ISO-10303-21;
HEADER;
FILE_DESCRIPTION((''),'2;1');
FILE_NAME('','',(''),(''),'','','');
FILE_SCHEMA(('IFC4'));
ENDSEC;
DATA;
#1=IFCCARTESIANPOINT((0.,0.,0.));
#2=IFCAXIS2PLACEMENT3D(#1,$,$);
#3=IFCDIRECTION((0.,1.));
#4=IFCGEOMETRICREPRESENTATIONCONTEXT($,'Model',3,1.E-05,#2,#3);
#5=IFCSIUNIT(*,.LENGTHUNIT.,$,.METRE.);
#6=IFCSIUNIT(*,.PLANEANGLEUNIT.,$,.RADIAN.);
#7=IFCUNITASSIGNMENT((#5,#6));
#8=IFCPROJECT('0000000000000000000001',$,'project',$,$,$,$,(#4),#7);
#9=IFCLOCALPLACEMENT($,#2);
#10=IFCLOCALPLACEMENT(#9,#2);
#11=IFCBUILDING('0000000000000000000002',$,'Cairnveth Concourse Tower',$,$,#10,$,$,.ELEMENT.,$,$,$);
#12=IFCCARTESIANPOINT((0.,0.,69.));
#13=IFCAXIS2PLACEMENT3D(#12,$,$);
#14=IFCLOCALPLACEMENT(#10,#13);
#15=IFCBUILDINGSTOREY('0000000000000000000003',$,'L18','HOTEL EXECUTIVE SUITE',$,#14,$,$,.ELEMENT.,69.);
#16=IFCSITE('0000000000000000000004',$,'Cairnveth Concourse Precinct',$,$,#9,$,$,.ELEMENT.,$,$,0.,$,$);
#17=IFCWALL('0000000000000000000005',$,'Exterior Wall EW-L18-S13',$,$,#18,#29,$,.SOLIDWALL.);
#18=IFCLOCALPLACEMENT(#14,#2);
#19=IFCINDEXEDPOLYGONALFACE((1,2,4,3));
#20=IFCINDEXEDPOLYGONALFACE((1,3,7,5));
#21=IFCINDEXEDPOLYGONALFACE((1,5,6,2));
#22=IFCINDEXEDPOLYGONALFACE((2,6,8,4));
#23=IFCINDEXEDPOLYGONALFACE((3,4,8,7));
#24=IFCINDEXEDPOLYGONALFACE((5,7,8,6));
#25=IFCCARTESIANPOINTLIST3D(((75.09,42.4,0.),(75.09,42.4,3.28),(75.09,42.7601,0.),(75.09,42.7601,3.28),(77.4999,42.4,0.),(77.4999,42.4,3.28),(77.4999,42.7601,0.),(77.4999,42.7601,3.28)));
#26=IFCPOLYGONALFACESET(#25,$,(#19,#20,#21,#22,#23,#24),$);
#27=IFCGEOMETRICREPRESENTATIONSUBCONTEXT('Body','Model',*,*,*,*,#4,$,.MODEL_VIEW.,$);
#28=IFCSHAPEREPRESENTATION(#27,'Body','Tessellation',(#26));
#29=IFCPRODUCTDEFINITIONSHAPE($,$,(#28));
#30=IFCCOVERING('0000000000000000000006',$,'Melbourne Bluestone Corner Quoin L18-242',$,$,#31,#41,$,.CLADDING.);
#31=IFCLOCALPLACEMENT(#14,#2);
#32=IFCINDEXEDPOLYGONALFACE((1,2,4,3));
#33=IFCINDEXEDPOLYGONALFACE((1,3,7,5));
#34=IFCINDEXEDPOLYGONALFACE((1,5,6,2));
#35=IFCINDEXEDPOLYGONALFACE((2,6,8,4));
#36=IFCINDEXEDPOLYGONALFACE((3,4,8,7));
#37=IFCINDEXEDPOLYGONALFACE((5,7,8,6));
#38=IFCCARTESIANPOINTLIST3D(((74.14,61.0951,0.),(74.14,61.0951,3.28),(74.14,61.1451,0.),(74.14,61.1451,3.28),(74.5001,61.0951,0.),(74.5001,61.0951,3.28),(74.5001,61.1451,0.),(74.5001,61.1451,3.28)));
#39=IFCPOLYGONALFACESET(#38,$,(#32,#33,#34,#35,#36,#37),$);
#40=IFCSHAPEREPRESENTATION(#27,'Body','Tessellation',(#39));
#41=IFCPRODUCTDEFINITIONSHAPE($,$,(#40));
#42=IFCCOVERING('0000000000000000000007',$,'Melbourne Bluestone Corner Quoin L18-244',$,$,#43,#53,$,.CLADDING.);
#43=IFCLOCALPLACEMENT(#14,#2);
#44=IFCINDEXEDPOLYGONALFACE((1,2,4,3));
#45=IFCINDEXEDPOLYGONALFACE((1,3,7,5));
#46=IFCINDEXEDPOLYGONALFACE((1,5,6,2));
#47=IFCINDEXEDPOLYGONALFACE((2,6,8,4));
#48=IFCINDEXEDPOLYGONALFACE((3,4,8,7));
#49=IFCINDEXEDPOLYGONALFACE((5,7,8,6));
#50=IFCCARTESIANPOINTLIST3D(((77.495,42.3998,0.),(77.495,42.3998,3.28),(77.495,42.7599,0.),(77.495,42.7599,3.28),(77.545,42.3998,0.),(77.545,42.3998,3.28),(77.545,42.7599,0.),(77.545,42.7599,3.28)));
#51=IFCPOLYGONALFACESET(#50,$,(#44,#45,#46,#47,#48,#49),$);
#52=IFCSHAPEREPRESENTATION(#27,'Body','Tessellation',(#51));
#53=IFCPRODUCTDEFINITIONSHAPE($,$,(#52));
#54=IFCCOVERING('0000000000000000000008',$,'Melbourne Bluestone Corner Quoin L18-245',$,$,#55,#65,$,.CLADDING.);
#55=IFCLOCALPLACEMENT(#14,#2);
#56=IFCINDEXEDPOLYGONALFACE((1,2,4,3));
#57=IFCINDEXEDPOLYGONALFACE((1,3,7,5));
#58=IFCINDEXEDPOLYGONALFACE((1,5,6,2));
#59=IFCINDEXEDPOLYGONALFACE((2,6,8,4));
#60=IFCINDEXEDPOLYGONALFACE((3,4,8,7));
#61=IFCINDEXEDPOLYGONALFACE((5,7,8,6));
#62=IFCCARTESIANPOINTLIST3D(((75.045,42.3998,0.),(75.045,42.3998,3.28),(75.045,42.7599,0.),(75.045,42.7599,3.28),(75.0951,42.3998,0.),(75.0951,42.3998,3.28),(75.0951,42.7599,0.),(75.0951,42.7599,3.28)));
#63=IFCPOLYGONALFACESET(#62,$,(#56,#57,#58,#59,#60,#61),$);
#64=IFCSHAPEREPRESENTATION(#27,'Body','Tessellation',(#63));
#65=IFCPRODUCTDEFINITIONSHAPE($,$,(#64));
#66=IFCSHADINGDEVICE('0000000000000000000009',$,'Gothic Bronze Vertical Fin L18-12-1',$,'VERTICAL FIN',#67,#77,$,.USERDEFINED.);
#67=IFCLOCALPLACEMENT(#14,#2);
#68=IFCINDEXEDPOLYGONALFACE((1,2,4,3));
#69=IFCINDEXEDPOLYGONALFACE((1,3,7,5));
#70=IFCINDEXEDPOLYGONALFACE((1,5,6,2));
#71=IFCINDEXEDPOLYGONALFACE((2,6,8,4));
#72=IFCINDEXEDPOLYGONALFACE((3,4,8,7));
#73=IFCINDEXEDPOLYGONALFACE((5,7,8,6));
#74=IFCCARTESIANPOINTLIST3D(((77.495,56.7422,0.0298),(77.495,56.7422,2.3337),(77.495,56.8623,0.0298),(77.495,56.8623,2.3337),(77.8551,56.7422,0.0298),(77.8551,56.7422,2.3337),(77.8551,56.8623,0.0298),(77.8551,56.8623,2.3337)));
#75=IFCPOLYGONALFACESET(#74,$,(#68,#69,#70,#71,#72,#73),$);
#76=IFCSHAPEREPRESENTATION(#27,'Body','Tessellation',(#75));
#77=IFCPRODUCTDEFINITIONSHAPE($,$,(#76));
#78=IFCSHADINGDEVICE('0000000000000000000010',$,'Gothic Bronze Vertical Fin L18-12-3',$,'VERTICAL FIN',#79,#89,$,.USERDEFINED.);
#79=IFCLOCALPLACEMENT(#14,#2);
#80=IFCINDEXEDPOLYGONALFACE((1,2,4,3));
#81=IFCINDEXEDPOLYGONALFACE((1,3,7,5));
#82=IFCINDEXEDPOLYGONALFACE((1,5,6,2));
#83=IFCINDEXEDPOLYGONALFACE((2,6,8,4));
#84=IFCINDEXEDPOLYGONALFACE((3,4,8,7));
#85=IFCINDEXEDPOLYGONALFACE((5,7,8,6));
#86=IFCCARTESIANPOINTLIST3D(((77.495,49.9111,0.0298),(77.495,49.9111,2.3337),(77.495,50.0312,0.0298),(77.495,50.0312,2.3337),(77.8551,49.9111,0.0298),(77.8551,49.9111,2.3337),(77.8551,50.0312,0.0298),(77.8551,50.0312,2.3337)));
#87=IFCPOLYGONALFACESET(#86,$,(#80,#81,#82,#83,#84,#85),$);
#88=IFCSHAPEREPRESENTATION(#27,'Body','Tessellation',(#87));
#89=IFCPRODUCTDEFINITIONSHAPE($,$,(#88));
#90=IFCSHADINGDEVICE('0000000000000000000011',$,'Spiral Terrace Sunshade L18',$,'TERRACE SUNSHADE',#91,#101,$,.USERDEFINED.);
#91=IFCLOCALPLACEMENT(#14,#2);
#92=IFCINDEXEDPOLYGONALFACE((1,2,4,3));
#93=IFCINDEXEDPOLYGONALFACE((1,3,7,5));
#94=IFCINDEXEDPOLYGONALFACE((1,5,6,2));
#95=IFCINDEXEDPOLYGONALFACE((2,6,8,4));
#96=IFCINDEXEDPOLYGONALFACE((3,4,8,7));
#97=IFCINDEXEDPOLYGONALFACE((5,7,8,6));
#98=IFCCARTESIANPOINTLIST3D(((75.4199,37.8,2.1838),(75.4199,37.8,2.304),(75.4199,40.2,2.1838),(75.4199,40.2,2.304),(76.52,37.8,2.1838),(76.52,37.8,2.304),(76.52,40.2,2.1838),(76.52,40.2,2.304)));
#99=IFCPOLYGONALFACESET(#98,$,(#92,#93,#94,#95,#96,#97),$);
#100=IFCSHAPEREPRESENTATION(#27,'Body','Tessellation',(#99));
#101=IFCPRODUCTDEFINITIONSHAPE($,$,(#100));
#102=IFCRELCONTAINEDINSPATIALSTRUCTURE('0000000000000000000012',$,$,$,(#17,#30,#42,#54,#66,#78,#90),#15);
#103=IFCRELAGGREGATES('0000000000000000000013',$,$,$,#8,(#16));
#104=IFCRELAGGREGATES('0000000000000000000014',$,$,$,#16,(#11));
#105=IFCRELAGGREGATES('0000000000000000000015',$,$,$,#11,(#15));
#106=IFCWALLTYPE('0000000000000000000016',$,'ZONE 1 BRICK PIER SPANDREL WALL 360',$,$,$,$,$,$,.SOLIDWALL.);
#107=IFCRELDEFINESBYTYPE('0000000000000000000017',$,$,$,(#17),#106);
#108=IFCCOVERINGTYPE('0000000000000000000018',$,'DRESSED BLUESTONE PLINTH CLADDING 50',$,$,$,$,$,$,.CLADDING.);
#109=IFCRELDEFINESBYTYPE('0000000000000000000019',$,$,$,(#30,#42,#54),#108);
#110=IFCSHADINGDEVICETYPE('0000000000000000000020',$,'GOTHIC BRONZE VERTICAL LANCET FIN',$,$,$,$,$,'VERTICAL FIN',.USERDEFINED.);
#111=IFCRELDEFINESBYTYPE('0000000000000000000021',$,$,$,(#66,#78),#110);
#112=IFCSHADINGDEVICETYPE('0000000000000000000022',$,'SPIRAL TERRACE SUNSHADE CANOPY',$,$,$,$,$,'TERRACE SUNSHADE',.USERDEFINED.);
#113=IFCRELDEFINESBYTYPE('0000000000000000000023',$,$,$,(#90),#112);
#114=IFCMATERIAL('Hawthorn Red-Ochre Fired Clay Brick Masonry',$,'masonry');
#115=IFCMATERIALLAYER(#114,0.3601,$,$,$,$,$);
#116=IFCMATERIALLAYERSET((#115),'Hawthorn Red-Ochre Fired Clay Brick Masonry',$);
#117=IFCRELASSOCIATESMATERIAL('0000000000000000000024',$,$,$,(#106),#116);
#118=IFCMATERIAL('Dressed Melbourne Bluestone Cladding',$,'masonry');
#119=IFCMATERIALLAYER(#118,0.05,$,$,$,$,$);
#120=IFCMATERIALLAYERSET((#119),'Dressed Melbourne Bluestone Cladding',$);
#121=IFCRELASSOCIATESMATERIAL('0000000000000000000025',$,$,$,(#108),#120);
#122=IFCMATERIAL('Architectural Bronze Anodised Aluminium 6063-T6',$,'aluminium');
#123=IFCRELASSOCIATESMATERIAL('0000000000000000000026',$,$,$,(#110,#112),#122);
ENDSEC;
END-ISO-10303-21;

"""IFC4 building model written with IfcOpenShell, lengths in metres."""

from ifc_helpers import new_model, si_unit, direction, frame, frame_2d, origin, origin_2d, place, context, subcontext, project, spatial, rectangle, extrude, material, layer, layer_set, type_object, element, save


model = new_model("IFC4")

# Units and contexts
model_context = context("Model", 3, precision=1e-05, world=origin(), true_north=direction((0.0, 1.0)))
body_context = subcontext(model_context, "Body", "Model", "MODEL_VIEW")
ifc_project = project(units=[si_unit("LENGTHUNIT", "METRE"), si_unit("PLANEANGLEUNIT", "RADIAN")], contexts=[model_context])

# Site, building, storey
site_placement = place(None, origin())
site = spatial("IfcSite", under=ifc_project, at=site_placement, Name="Cairnveth Concourse Precinct", CompositionType="ELEMENT", RefElevation=0.0)
building_placement = place(site_placement, origin())
building = spatial("IfcBuilding", under=site, at=building_placement, Name="Cairnveth Concourse Tower", CompositionType="ELEMENT")
storey_placement = place(building_placement, frame((0.0, 0.0, 69.0)))
storey = spatial("IfcBuildingStorey", under=building, at=storey_placement, Name="L18", Description="HOTEL EXECUTIVE SUITE", CompositionType="ELEMENT", Elevation=69.0)

# Wall
ifc_material_1 = material(Name="Hawthorn Red-Ochre Fired Clay Brick Masonry", Category="masonry")
ifc_layer_1 = layer(ifc_material_1, 0.3601)
ifc_layer_set_1 = layer_set([ifc_layer_1], Name="Hawthorn Red-Ochre Fired Clay Brick Masonry")
wall_type_1 = type_object("IfcWallType", Name="ZONE 1 BRICK PIER SPANDREL WALL 360", PredefinedType="SOLIDWALL", material=ifc_layer_set_1)
wall_1_placement = place(storey_placement, frame((77.5, 42.5801, 0.0), z_axis=(0.0, 0.0, 1.0), x_axis=(-1.0, 0.0, 0.0)))
element("IfcWall", 1, at=wall_1_placement, inside=storey, type_object=wall_type_1, Name="Exterior Wall EW-L18-S13", PredefinedType="SOLIDWALL", context=body_context, shape_type="SweptSolid", body=[
    extrude(rectangle(XDim=2.4099, YDim=0.3601, at=frame_2d((1.2051, 0.0))), origin(), (0.0, 0.0, 1.0), 3.28),
])

# Shared definitions
ifc_material_2 = material(Name="Architectural Bronze Anodised Aluminium 6063-T6", Category="aluminium")

# Coverings
ifc_material_3 = material(Name="Dressed Melbourne Bluestone Cladding", Category="masonry")
ifc_layer_2 = layer(ifc_material_3, 0.05)
ifc_layer_set_2 = layer_set([ifc_layer_2], Name="Dressed Melbourne Bluestone Cladding")
covering_type = type_object("IfcCoveringType", Name="DRESSED BLUESTONE PLINTH CLADDING 50", PredefinedType="CLADDING", material=ifc_layer_set_2)
for number, where, z_axis, x_axis, name in (
    (2, (74.1399, 61.1201, 0.0), (0.0, 0.0, 1.0), (1.0, 0.0, 0.0), "Melbourne Bluestone Corner Quoin L18-242"),
    (3, (77.52, 42.76, 0.0), (0.0, 0.0, 1.0), (0.0, -1.0, 0.0), "Melbourne Bluestone Corner Quoin L18-244"),
    (4, (75.0701, 42.76, 0.0), (0.0, 0.0, 1.0), (0.0, -1.0, 0.0), "Melbourne Bluestone Corner Quoin L18-245"),
):
    element("IfcCovering", number, at=place(storey_placement, frame(where, z_axis=z_axis, x_axis=x_axis)), inside=storey, type_object=covering_type, Name=name, PredefinedType="CLADDING", context=body_context, shape_type="SweptSolid", body=[
        extrude(rectangle(XDim=0.3601, YDim=0.05, at=frame_2d((0.1802, 0.0))), origin(), (0.0, 0.0, 1.0), 3.28),
    ])

# Shading devices
shading_device_type_1 = type_object("IfcShadingDeviceType", Name="GOTHIC BRONZE VERTICAL LANCET FIN", ElementType="VERTICAL FIN", PredefinedType="USERDEFINED", material=ifc_material_2)
for number, where, z_axis, x_axis, name in (
    (5, (77.675, 56.8022, 0.0298), (0.0, 0.0, 1.0), (0.0, 1.0, 0.0), "Gothic Bronze Vertical Fin L18-12-1"),
    (6, (77.675, 49.9712, 0.0298), (0.0, 0.0, 1.0), (0.0, 1.0, 0.0), "Gothic Bronze Vertical Fin L18-12-3"),
):
    element("IfcShadingDevice", number, at=place(storey_placement, frame(where, z_axis=z_axis, x_axis=x_axis)), inside=storey, type_object=shading_device_type_1, Name=name, ObjectType="VERTICAL FIN", PredefinedType="USERDEFINED", context=body_context, shape_type="SweptSolid", body=[
        extrude(rectangle(XDim=0.1201, YDim=0.3601, at=origin_2d()), origin(), (0.0, 0.0, 1.0), 2.304),
    ])
shading_device_type_2 = type_object("IfcShadingDeviceType", Name="SPIRAL TERRACE SUNSHADE CANOPY", ElementType="TERRACE SUNSHADE", PredefinedType="USERDEFINED", material=ifc_material_2)
shading_device_placement = place(storey_placement, frame((75.97, 39.0, 2.1838), z_axis=(0.0, 0.0, 1.0), x_axis=(1.0, 0.0, 0.0)))
element("IfcShadingDevice", 7, at=shading_device_placement, inside=storey, type_object=shading_device_type_2, Name="Spiral Terrace Sunshade L18", ObjectType="TERRACE SUNSHADE", PredefinedType="USERDEFINED", context=body_context, shape_type="SweptSolid", body=[
    extrude(rectangle(XDim=1.1001, YDim=2.3999, at=origin_2d()), origin(), (0.0, 0.0, 1.0), 0.1201),
])

save(model, "model.ifc")
